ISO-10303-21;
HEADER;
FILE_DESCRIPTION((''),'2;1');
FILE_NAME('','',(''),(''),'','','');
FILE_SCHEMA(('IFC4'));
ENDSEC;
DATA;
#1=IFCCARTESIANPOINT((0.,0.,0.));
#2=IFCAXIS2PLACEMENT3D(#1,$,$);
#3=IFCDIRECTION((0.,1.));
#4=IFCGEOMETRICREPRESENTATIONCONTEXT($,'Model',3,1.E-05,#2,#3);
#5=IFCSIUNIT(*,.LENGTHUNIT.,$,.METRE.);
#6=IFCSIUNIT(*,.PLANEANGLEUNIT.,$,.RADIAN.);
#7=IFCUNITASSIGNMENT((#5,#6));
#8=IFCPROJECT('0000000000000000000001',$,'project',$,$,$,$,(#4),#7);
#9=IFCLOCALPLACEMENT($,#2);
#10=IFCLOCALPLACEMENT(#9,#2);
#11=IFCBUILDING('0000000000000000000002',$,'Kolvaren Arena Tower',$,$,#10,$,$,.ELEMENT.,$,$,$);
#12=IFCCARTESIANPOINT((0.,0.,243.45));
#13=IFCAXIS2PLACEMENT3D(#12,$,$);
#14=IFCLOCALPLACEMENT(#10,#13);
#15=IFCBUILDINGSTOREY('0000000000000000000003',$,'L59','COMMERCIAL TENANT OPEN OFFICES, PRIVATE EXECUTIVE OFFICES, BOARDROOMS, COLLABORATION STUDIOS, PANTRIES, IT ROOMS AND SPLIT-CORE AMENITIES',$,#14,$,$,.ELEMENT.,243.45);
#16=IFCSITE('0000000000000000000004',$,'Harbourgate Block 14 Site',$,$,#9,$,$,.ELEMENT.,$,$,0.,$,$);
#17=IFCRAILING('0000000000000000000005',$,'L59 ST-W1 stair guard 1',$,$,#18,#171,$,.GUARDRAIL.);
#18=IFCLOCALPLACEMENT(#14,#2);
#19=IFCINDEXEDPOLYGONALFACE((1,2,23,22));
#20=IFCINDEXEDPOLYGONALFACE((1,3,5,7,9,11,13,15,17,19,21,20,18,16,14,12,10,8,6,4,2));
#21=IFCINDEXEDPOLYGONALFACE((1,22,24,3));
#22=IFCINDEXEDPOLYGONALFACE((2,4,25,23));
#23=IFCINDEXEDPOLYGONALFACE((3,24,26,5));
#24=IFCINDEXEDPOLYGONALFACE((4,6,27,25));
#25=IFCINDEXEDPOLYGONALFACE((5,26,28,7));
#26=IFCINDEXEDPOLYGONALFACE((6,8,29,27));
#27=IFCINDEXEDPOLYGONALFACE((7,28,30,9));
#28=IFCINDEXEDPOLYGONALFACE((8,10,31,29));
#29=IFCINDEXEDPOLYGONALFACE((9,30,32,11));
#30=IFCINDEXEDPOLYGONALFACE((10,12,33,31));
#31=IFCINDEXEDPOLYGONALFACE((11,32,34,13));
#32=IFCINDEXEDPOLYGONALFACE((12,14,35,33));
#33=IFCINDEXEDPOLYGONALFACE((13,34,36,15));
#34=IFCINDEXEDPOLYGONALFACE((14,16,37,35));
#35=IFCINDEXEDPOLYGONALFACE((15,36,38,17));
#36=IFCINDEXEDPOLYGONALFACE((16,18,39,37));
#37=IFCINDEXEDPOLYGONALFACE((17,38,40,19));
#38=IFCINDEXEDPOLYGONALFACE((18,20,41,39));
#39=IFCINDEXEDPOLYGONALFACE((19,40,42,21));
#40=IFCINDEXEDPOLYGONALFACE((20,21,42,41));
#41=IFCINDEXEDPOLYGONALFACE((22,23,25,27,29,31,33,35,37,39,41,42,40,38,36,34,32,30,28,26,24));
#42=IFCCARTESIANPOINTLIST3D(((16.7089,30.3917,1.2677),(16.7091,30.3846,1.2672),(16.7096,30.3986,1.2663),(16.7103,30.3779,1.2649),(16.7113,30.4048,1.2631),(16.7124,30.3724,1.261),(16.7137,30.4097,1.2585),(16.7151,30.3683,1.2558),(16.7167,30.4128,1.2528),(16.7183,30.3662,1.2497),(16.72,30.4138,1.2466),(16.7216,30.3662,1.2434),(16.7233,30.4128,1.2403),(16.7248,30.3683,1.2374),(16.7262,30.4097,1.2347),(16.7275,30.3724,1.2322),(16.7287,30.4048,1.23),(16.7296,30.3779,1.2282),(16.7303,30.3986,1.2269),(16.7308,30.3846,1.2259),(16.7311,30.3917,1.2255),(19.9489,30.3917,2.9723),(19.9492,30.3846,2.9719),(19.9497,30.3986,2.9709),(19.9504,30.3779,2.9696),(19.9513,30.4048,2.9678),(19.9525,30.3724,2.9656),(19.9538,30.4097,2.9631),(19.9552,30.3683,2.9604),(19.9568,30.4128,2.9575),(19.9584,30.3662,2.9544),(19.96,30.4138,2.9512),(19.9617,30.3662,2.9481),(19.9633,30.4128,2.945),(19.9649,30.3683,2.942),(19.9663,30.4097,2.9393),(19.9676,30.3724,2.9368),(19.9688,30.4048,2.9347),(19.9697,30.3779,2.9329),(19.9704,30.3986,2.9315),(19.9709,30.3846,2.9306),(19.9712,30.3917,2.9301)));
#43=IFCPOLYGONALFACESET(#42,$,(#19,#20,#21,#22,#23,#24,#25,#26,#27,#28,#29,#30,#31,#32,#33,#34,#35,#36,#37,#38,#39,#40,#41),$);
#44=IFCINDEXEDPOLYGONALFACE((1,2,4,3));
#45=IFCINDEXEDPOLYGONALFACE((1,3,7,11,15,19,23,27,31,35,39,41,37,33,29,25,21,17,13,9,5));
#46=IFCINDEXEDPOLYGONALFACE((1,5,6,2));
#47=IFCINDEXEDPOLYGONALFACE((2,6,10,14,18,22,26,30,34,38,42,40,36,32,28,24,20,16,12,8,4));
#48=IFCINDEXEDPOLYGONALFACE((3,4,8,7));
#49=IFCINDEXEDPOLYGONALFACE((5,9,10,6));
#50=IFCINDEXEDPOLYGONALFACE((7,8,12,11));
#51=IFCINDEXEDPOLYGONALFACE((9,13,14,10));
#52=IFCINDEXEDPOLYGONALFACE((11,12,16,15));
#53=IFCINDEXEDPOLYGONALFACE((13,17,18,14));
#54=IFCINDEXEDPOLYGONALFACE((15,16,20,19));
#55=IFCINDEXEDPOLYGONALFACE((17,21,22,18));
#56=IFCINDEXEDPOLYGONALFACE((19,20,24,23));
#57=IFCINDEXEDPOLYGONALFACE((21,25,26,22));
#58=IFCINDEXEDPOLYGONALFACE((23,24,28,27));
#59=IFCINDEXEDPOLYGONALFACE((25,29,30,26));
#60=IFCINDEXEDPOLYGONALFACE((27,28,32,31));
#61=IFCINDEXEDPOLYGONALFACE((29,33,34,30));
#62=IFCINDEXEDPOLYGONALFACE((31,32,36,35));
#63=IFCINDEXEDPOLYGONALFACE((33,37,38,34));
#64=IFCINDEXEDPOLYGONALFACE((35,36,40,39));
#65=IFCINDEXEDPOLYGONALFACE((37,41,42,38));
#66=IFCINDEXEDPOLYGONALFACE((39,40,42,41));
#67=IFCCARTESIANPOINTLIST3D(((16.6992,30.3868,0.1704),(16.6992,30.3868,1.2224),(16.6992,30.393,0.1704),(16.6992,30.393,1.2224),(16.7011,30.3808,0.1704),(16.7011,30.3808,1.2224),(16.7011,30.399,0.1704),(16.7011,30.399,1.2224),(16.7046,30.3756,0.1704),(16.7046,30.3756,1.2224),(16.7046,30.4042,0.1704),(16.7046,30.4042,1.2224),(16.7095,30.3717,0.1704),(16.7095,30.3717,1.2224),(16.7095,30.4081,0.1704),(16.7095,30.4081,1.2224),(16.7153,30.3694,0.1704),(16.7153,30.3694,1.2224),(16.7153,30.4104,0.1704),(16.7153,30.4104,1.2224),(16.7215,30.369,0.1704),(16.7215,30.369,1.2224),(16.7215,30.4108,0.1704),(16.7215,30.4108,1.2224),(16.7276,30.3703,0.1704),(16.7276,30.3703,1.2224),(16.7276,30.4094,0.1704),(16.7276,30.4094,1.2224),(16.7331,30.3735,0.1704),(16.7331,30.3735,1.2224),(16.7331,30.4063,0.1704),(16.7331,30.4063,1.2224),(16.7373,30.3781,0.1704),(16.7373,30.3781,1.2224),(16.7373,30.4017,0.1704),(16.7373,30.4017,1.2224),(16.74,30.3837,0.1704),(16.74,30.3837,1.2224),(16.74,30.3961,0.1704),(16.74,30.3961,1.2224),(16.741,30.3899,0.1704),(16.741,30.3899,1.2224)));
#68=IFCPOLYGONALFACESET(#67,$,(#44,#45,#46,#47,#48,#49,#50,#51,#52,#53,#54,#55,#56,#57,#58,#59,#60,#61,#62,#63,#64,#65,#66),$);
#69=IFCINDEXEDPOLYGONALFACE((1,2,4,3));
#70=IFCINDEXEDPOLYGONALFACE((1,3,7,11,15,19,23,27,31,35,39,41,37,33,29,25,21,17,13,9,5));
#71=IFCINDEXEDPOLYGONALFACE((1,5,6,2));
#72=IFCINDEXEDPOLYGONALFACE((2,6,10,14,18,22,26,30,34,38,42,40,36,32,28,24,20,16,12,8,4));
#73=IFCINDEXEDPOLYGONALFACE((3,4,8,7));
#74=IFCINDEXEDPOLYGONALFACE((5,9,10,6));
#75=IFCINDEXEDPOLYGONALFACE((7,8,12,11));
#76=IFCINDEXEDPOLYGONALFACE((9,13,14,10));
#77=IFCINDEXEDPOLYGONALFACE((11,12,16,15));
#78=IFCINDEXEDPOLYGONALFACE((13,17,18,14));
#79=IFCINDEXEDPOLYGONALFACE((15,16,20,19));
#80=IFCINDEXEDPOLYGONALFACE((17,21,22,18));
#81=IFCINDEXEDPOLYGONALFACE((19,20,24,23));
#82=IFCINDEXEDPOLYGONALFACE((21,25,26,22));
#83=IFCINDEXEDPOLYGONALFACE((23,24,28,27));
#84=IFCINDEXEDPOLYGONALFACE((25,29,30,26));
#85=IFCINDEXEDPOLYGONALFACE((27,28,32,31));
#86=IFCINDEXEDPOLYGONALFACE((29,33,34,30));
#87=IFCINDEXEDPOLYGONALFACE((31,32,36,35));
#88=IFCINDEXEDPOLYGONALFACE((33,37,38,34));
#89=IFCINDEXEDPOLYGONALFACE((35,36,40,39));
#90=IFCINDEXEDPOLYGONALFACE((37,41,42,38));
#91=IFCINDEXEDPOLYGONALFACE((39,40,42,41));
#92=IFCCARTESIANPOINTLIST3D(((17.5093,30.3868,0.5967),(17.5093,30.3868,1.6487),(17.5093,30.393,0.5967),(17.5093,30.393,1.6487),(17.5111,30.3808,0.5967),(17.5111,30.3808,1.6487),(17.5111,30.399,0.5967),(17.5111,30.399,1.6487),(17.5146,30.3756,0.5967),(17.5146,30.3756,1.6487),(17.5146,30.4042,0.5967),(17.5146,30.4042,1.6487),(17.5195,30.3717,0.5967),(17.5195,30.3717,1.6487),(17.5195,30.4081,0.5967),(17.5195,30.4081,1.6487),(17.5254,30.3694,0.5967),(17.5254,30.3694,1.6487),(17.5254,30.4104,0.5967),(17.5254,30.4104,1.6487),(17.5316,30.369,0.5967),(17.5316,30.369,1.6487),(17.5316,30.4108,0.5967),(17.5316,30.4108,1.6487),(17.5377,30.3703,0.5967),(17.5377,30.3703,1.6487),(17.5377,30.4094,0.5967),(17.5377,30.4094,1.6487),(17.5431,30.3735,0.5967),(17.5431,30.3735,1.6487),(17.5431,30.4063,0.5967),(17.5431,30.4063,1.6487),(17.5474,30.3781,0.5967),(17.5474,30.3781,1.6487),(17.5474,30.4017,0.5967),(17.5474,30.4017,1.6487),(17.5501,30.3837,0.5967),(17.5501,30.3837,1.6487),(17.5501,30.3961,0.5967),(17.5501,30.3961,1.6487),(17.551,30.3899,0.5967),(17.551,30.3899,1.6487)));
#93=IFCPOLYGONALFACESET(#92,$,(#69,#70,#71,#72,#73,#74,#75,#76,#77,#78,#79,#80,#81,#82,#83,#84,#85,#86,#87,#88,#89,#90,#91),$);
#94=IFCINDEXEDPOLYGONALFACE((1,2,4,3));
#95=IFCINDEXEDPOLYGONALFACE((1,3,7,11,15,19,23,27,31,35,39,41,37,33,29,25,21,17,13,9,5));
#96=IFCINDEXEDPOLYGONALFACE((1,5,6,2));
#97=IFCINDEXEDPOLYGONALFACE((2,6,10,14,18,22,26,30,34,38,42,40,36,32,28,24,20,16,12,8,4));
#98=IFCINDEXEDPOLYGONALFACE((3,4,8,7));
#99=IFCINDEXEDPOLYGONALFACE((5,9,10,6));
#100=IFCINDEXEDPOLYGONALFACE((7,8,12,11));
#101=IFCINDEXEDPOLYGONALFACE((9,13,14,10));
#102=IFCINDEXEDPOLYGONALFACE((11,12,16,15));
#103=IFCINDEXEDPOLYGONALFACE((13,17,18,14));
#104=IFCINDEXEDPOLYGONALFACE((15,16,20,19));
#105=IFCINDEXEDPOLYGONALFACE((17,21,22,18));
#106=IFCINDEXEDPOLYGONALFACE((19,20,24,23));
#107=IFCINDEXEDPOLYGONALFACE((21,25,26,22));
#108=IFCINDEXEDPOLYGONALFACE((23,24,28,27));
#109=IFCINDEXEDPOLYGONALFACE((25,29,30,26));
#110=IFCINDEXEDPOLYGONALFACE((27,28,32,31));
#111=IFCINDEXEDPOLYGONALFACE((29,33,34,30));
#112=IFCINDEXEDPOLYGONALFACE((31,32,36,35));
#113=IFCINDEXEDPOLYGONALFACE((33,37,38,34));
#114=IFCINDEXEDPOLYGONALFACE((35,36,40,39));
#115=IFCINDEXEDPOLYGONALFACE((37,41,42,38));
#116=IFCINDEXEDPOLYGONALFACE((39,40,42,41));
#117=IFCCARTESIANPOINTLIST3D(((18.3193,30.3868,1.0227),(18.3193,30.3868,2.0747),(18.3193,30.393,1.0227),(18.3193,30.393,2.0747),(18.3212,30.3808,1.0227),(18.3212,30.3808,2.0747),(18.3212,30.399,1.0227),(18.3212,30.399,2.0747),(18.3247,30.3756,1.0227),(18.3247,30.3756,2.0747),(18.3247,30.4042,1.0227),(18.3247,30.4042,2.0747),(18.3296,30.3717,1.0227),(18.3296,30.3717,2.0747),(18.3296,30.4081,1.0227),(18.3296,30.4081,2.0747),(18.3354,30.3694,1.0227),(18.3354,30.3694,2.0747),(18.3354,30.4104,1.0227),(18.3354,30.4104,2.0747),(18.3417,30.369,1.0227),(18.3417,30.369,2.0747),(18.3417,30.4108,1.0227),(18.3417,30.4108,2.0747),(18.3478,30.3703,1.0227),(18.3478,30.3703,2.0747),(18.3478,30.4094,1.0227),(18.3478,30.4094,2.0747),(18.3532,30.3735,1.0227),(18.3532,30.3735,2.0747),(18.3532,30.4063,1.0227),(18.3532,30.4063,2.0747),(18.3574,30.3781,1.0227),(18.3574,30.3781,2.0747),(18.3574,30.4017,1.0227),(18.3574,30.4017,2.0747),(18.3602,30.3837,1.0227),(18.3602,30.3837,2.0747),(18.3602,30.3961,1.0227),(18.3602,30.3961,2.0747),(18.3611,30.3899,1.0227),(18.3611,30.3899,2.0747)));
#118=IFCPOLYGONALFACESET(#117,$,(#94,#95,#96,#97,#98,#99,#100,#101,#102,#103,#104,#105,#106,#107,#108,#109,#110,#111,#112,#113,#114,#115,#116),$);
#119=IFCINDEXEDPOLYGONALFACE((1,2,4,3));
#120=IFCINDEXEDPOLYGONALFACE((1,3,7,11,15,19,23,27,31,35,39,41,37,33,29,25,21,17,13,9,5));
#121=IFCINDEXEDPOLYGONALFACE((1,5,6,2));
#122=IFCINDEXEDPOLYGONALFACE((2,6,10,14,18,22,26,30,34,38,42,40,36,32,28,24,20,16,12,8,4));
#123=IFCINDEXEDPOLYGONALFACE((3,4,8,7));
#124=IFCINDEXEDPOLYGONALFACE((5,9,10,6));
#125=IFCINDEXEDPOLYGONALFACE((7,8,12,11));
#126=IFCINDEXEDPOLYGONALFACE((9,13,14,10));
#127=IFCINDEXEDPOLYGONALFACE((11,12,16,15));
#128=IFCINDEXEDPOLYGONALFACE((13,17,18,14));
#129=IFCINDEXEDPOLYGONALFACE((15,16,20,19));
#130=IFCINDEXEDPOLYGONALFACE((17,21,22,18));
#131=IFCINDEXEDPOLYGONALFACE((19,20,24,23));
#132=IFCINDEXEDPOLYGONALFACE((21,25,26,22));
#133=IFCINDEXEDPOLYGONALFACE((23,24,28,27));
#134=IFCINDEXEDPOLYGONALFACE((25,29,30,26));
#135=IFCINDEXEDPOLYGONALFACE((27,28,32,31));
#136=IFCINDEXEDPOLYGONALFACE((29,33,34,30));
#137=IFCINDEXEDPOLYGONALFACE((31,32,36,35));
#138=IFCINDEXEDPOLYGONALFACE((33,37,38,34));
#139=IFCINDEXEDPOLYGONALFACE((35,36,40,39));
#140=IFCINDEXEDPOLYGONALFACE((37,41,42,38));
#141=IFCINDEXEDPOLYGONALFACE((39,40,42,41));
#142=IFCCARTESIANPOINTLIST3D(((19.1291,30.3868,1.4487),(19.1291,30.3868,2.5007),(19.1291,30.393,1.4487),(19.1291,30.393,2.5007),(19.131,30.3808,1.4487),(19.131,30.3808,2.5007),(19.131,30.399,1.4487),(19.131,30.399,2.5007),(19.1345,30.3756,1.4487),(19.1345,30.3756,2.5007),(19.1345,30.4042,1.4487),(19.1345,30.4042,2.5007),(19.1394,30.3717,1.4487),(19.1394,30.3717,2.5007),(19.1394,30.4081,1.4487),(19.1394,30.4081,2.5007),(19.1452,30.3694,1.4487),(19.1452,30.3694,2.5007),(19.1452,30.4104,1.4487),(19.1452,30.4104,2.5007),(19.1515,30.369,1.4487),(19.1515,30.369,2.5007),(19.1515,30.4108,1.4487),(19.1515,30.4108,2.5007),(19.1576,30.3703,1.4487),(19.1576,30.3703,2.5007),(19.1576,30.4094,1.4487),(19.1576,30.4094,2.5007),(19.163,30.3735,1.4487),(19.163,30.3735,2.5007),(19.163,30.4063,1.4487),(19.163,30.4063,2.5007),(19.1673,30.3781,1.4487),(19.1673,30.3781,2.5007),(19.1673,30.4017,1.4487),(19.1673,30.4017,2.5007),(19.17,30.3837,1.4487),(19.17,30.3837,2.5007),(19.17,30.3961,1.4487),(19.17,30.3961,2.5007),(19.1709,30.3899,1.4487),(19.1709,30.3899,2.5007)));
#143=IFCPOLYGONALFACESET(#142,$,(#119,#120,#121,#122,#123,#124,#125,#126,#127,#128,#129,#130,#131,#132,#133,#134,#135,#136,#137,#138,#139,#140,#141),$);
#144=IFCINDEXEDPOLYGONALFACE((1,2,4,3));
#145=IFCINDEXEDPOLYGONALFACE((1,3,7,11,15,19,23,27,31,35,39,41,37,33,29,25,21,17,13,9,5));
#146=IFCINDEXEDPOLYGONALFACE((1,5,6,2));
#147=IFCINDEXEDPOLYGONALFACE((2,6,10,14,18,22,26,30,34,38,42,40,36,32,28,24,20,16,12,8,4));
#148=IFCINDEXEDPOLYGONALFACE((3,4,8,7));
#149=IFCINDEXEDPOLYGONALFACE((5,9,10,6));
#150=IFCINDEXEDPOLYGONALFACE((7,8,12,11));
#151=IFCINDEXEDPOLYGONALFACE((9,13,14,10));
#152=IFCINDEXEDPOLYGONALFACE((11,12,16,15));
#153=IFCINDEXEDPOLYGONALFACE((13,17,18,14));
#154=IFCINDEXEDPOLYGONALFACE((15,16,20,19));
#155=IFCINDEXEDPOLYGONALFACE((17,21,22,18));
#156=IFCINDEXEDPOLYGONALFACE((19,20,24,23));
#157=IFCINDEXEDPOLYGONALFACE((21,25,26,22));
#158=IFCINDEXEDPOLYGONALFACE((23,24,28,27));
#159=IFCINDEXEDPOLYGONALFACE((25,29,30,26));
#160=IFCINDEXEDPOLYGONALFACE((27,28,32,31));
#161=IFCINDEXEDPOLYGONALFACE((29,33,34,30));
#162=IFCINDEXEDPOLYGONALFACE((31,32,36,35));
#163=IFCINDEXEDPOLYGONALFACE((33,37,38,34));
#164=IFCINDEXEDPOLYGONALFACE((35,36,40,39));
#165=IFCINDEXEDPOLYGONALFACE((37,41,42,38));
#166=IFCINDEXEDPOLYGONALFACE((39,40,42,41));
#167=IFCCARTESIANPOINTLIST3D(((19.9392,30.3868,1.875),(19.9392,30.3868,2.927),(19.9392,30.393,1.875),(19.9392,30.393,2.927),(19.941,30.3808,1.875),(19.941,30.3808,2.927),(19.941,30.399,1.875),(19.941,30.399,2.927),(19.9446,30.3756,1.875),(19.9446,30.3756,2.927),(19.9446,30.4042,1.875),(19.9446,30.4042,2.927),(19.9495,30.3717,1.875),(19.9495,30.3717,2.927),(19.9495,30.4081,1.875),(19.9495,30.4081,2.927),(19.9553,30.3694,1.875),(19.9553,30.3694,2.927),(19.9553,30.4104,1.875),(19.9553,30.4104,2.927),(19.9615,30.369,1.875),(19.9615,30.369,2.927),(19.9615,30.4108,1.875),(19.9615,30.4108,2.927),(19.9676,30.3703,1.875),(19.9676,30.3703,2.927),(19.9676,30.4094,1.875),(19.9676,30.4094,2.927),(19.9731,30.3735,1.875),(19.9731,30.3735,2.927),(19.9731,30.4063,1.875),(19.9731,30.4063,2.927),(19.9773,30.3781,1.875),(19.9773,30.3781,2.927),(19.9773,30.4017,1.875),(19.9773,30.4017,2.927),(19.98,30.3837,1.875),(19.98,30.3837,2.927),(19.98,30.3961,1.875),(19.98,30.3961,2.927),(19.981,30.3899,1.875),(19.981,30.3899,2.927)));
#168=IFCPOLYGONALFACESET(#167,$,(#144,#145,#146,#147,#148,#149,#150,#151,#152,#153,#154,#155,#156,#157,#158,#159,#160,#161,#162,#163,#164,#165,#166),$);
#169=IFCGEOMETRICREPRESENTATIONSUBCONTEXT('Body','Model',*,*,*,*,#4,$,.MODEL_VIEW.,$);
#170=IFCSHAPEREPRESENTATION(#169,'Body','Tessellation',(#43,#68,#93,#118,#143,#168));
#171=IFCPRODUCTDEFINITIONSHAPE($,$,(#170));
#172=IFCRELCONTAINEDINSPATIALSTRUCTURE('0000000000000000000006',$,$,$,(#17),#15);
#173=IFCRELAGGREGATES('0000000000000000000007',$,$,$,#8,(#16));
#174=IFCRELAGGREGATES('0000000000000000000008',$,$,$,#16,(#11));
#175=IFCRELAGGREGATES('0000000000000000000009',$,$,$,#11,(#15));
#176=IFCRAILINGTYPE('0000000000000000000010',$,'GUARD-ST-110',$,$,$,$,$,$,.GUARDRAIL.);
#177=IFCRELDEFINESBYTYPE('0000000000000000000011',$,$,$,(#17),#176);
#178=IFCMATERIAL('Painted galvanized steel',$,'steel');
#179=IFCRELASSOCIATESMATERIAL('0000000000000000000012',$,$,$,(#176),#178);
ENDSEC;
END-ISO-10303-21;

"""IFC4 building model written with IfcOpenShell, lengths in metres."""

from ifc_helpers import new_model, si_unit, direction, frame, origin, origin_2d, place, context, subcontext, project, spatial, circle, extrude, material, type_object, element, save


model = new_model("IFC4")

# Units and contexts
model_context = context("Model", 3, precision=1e-05, world=origin(), true_north=direction((0.0, 1.0)))
body_context = subcontext(model_context, "Body", "Model", "MODEL_VIEW")
ifc_project = project(units=[si_unit("LENGTHUNIT", "METRE"), si_unit("PLANEANGLEUNIT", "RADIAN")], contexts=[model_context])

# Site, building, storey
site_placement = place(None, origin())
site = spatial("IfcSite", under=ifc_project, at=site_placement, Name="Harbourgate Block 14 Site", CompositionType="ELEMENT", RefElevation=0.0)
building_placement = place(site_placement, origin())
building = spatial("IfcBuilding", under=site, at=building_placement, Name="Kolvaren Arena Tower", CompositionType="ELEMENT")
storey_placement = place(building_placement, frame((0.0, 0.0, 243.45)))
storey = spatial("IfcBuildingStorey", under=building, at=storey_placement, Name="L59", Description="COMMERCIAL TENANT OPEN OFFICES, PRIVATE EXECUTIVE OFFICES, BOARDROOMS, COLLABORATION STUDIOS, PANTRIES, IT ROOMS AND SPLIT-CORE AMENITIES", CompositionType="ELEMENT", Elevation=243.45)

# Railing
ifc_material_1 = material(Name="Painted galvanized steel", Category="steel")
railing_type_1 = type_object("IfcRailingType", Name="GUARD-ST-110", PredefinedType="GUARDRAIL", material=ifc_material_1)
railing_1_placement = place(storey_placement, frame((16.72, 30.3899, 0.1704)))
element("IfcRailing", 1, at=railing_1_placement, inside=storey, type_object=railing_type_1, Name="L59 ST-W1 stair guard 1", PredefinedType="GUARDRAIL", context=body_context, shape_type="SweptSolid", body=[
    extrude(circle(Radius=0.0239, at=origin_2d()), frame((0.0, 0.0, 1.0762), z_axis=(0.884993, 0.0, 0.465604), x_axis=(0.0, 1.0, 0.0)), (0.0, 0.0, 1.0), 3.6611),
    extrude(circle(Radius=0.021, at=origin_2d()), origin(), (0.0, 0.0, 1.0), 1.052),
    extrude(circle(Radius=0.021, at=origin_2d()), frame((0.8101, 0.0, 0.4263)), (0.0, 0.0, 1.0), 1.052),
    extrude(circle(Radius=0.021, at=origin_2d()), frame((1.6201, 0.0, 0.8523)), (0.0, 0.0, 1.0), 1.052),
    extrude(circle(Radius=0.021, at=origin_2d()), frame((2.4299, 0.0, 1.2783)), (0.0, 0.0, 1.0), 1.052),
    extrude(circle(Radius=0.021, at=origin_2d()), frame((3.24, 0.0, 1.7046)), (0.0, 0.0, 1.0), 1.052),
])

save(model, "model.ifc")
